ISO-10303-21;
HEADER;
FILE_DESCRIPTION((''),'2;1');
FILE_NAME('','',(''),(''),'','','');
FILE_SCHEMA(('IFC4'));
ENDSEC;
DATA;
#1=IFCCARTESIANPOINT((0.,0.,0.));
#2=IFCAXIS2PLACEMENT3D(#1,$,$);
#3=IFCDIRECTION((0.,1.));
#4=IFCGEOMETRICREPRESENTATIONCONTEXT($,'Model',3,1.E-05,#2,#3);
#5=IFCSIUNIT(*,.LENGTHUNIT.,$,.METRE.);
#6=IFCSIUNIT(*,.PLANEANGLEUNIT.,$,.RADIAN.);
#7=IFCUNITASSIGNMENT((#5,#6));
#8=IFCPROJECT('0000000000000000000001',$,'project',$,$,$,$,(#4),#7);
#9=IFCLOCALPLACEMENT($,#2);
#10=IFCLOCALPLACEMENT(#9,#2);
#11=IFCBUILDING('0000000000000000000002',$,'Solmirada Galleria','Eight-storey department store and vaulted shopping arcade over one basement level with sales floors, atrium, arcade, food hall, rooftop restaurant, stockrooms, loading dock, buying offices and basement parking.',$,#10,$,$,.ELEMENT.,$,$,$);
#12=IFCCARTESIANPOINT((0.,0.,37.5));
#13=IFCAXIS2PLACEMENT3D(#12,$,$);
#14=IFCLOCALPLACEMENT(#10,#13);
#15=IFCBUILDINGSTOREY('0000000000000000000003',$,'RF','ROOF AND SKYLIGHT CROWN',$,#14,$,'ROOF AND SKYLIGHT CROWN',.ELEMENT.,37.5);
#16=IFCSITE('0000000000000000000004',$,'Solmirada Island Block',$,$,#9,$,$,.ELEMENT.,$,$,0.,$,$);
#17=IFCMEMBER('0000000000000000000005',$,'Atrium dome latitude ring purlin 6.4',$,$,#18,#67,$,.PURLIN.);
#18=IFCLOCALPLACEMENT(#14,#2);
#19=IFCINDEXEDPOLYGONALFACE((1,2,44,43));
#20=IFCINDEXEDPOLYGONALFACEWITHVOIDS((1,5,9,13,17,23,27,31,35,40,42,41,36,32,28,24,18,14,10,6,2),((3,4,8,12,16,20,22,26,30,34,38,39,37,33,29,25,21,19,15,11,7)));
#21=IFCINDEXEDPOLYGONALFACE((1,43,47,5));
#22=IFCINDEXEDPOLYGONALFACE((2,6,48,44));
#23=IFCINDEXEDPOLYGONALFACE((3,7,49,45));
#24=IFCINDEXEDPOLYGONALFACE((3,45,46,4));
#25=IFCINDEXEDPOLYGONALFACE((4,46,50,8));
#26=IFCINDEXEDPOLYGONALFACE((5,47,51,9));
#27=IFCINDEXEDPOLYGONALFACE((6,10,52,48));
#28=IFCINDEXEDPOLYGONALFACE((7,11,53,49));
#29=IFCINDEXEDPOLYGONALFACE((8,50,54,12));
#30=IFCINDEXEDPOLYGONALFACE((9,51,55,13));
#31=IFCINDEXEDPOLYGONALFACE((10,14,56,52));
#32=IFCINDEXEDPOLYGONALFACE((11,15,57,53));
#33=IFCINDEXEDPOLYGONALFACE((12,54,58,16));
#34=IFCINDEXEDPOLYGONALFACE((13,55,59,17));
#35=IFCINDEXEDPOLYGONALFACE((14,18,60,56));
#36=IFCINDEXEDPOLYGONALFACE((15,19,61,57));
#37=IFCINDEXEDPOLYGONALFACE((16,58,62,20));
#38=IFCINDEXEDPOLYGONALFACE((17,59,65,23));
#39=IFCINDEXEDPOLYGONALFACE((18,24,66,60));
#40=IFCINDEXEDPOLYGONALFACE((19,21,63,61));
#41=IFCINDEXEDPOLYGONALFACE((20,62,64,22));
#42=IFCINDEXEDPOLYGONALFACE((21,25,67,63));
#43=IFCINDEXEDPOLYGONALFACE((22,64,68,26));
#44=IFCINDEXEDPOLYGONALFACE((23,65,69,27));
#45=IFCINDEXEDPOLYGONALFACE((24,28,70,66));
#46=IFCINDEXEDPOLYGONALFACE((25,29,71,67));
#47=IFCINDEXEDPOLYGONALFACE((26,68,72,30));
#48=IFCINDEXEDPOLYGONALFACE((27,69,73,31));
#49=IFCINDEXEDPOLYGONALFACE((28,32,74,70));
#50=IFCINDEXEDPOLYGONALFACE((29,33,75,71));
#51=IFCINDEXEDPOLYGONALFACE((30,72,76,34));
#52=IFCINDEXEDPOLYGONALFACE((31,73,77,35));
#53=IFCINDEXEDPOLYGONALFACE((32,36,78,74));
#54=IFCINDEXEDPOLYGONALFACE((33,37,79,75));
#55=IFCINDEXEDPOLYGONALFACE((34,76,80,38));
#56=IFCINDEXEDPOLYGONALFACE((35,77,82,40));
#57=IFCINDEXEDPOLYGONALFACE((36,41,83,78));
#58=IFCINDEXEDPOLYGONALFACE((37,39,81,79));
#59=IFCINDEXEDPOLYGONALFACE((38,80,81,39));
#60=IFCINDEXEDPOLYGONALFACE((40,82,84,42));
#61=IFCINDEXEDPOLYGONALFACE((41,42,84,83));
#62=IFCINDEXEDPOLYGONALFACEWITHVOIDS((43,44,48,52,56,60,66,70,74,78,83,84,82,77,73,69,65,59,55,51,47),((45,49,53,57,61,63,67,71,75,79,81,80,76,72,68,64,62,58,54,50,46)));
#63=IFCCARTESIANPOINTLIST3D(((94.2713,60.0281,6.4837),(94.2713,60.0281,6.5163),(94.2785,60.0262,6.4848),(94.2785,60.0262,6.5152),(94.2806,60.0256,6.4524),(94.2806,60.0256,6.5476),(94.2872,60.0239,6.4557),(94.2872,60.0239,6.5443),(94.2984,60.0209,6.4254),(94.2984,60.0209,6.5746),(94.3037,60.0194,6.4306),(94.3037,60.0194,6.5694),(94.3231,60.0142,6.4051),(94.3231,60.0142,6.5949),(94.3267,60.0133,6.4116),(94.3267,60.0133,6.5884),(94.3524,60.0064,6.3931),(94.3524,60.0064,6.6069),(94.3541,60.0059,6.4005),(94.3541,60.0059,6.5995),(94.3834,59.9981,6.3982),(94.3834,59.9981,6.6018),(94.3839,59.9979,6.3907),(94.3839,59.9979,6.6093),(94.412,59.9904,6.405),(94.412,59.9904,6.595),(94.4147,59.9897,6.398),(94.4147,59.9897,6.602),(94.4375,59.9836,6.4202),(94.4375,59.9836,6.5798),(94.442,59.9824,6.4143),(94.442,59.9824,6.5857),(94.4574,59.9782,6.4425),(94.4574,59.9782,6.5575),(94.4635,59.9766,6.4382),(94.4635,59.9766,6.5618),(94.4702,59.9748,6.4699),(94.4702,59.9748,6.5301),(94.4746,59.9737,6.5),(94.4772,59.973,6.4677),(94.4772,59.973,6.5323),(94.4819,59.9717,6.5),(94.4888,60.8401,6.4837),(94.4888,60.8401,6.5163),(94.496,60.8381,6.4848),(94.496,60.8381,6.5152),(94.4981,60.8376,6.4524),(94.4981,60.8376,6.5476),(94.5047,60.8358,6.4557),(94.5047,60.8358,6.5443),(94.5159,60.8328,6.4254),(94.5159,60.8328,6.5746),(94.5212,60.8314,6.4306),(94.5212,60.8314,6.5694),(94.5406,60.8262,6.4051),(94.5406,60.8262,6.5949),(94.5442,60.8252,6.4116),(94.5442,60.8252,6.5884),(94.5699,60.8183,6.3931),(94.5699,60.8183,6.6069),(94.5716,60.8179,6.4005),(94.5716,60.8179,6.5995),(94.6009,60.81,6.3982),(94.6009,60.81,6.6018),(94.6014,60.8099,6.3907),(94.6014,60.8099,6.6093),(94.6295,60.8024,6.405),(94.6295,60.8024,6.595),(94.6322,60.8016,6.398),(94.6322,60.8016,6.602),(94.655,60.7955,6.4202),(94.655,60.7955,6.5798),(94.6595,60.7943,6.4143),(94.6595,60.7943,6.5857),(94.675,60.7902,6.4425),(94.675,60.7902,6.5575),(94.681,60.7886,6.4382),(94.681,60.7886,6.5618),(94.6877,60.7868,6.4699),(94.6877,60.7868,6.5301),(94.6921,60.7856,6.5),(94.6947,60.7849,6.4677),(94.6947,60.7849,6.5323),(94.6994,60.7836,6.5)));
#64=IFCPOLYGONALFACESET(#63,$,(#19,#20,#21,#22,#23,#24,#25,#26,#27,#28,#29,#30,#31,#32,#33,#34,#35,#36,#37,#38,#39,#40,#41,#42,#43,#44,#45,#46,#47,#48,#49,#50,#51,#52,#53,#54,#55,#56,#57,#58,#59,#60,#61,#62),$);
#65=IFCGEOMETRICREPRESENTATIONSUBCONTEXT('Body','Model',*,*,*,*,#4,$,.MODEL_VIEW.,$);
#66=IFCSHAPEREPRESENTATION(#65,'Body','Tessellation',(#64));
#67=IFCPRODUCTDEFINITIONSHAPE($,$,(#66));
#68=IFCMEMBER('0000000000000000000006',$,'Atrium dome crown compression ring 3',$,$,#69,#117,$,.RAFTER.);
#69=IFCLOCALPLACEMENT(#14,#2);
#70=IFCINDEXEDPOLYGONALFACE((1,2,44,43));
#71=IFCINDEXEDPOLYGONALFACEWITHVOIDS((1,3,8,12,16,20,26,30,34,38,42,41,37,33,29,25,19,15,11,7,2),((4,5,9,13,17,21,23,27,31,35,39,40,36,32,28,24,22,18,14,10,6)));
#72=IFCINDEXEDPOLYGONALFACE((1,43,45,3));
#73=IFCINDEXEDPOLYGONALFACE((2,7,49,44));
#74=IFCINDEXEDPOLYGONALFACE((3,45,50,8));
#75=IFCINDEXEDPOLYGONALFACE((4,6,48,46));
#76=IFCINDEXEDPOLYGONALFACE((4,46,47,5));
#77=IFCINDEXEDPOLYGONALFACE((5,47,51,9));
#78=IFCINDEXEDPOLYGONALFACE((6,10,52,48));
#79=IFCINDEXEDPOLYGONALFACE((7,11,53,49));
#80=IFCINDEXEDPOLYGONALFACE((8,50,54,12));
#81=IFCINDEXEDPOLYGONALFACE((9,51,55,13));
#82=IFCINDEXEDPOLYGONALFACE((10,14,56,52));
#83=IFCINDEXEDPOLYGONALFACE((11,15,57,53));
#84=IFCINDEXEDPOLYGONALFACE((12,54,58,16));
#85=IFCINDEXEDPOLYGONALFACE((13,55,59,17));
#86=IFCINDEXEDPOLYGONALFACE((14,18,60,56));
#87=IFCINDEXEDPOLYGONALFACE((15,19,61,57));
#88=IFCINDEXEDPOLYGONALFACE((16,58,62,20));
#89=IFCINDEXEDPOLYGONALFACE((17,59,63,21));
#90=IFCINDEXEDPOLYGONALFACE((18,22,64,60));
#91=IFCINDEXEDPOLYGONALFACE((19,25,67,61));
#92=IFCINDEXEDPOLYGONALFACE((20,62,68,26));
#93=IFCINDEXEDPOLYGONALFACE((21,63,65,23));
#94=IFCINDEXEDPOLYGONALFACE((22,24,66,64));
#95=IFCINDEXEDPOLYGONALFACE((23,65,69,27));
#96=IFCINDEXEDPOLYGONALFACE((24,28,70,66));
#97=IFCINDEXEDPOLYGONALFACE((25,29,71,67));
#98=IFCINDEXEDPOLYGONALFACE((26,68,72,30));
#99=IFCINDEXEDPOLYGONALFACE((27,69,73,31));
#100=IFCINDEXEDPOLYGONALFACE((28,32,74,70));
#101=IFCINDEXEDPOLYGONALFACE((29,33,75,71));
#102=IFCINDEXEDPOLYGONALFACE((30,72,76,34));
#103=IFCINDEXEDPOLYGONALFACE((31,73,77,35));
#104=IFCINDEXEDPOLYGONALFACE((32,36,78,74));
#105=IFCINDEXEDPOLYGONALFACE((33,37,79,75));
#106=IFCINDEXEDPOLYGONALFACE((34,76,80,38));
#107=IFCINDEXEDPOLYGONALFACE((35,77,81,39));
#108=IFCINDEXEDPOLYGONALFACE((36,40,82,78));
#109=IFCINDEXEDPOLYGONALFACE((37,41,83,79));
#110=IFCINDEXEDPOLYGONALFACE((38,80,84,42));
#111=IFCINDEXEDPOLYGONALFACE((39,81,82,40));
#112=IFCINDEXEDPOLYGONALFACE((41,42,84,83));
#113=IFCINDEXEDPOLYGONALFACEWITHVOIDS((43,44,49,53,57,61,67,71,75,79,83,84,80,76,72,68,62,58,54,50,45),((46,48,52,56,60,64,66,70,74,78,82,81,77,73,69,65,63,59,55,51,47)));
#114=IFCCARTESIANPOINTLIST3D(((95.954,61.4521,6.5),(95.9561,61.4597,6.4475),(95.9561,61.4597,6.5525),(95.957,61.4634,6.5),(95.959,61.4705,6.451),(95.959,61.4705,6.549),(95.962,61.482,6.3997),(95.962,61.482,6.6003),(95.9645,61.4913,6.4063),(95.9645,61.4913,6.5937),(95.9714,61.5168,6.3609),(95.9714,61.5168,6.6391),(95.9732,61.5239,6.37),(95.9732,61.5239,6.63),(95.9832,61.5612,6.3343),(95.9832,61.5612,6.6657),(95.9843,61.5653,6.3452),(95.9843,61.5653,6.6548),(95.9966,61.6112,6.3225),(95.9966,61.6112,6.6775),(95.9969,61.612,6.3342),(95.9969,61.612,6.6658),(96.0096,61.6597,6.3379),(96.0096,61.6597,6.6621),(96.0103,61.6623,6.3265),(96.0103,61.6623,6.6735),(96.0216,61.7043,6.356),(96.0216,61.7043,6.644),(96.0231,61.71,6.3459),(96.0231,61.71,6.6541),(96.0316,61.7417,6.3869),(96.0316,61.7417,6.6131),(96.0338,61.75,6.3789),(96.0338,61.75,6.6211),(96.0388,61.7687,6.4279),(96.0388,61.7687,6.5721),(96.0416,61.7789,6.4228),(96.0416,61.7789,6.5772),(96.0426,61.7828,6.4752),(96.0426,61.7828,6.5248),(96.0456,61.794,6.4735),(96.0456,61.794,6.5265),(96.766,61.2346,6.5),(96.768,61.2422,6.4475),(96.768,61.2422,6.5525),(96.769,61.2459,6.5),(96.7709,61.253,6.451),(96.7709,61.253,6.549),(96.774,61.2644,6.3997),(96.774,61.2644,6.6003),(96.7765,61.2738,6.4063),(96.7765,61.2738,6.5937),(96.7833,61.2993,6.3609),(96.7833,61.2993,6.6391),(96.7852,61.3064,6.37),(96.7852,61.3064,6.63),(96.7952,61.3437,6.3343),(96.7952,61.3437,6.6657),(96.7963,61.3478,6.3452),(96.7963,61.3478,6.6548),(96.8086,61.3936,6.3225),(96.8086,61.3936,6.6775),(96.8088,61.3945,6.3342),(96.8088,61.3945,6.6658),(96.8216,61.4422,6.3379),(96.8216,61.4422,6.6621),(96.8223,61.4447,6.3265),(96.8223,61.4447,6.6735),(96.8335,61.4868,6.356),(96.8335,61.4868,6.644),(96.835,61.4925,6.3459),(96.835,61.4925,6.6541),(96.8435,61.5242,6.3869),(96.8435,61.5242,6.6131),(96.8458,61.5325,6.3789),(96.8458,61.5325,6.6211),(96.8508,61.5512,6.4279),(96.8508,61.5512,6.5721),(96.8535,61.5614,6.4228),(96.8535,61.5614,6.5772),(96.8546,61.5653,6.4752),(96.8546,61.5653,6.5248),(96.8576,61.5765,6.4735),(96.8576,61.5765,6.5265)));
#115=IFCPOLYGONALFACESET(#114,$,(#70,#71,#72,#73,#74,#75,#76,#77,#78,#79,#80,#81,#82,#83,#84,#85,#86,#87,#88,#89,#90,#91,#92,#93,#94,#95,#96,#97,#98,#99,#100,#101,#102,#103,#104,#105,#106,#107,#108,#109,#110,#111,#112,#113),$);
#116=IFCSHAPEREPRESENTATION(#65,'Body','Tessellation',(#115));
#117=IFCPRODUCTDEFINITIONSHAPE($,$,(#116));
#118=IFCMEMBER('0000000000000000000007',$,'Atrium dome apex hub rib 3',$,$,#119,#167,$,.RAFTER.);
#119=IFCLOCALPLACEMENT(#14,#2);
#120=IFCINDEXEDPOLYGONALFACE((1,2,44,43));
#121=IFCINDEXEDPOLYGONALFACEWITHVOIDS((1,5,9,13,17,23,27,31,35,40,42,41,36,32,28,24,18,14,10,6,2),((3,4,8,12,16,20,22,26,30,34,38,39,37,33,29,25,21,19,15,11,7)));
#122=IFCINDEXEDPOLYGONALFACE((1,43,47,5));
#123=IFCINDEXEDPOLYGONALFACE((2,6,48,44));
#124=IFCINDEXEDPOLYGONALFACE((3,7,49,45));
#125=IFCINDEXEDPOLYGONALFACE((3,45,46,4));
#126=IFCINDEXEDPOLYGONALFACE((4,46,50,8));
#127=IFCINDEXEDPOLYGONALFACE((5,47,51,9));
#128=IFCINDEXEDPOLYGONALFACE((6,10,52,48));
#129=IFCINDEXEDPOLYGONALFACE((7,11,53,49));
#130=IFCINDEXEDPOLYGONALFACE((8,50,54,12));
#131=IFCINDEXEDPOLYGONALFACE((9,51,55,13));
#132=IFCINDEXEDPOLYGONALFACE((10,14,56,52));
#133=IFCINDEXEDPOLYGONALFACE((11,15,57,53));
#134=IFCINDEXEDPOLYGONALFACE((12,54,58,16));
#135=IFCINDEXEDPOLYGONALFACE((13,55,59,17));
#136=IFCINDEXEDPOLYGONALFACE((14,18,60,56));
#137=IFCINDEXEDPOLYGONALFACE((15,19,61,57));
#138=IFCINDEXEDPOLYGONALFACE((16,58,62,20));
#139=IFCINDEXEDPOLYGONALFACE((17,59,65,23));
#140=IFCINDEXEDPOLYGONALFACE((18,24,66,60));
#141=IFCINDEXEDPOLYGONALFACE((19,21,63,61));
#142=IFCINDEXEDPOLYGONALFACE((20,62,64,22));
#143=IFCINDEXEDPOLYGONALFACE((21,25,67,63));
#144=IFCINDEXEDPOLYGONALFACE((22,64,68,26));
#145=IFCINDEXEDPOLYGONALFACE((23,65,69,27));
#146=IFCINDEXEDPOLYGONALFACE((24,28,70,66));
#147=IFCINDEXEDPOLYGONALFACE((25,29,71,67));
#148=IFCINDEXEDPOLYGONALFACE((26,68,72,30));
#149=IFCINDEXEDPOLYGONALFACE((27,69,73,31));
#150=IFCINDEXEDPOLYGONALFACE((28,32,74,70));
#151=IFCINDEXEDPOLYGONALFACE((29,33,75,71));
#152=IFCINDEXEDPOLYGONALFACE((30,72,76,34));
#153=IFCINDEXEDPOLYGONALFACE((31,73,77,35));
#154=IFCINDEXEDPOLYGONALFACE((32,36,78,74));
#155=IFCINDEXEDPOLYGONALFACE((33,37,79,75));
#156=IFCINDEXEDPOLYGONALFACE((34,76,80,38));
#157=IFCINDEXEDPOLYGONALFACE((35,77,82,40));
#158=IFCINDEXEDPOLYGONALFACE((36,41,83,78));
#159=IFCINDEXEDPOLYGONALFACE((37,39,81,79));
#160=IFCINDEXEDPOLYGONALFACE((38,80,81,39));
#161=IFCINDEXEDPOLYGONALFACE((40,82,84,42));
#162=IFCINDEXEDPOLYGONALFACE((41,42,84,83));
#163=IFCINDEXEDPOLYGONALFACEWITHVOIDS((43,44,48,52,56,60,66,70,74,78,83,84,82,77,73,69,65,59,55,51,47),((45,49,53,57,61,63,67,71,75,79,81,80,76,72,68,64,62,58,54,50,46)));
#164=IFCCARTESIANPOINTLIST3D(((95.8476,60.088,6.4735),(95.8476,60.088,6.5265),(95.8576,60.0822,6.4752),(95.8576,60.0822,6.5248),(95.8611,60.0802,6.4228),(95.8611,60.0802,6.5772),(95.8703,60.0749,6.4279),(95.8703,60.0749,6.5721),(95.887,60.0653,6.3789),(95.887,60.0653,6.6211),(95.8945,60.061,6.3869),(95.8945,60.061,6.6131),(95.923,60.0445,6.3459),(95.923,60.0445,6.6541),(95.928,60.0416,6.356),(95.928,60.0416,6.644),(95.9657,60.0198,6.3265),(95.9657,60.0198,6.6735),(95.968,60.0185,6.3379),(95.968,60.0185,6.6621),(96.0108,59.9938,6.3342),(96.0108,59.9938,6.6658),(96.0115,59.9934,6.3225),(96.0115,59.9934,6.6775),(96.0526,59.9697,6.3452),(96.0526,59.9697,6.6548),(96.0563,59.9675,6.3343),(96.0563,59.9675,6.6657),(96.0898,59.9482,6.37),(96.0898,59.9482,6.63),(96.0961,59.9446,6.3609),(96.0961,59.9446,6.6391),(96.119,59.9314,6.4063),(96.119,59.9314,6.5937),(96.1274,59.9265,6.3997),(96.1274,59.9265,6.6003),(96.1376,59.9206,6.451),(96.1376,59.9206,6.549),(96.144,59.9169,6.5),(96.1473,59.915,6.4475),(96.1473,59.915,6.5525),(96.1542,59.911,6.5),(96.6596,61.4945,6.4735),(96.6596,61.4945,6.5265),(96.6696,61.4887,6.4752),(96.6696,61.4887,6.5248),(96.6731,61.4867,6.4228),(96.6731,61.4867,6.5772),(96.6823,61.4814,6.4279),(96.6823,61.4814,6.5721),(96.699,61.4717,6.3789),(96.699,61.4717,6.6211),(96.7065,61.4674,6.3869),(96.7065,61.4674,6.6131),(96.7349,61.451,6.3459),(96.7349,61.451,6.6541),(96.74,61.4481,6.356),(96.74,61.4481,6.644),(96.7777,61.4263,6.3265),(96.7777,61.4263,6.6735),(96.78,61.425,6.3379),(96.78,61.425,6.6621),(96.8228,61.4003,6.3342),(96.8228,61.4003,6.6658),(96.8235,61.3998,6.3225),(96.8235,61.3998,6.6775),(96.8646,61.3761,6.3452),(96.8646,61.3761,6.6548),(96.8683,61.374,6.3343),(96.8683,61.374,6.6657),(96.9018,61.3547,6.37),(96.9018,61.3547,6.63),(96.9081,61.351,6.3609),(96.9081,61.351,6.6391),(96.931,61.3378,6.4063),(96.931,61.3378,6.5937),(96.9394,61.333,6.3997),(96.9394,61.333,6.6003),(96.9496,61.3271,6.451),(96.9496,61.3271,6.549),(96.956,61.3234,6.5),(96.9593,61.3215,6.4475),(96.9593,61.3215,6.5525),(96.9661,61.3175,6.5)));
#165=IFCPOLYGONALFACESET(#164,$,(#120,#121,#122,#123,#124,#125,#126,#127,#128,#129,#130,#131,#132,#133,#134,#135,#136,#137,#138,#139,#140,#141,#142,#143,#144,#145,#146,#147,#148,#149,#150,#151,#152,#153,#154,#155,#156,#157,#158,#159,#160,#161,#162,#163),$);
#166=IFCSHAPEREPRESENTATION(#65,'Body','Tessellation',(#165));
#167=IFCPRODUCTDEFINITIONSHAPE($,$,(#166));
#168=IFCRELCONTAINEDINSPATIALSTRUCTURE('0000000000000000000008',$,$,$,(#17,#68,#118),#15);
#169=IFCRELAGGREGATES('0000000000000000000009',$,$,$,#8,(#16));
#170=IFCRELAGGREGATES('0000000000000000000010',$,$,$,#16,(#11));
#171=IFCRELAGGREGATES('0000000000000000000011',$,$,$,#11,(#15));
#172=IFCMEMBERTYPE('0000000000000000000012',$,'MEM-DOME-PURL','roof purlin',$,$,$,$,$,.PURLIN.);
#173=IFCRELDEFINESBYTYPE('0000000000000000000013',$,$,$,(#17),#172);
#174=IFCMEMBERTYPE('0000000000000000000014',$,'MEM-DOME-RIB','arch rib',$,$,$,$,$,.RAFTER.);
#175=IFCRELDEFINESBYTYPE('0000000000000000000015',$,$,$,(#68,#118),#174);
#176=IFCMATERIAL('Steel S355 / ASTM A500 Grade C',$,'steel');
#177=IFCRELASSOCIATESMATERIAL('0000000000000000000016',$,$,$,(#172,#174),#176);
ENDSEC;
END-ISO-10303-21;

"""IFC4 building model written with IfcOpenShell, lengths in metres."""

from ifc_helpers import new_model, si_unit, direction, frame, origin, origin_2d, place, context, subcontext, project, spatial, hollow_circle, extrude, material, material_profile, profile_set, type_object, element, save


model = new_model("IFC4")

# Units and contexts
model_context = context("Model", 3, precision=1e-05, world=origin(), true_north=direction((0.0, 1.0)))
body_context = subcontext(model_context, "Body", "Model", "MODEL_VIEW")
ifc_project = project(units=[si_unit("LENGTHUNIT", "METRE"), si_unit("PLANEANGLEUNIT", "RADIAN")], contexts=[model_context])

# Site, building, storey
site_placement = place(None, origin())
site = spatial("IfcSite", under=ifc_project, at=site_placement, Name="Solmirada Island Block", CompositionType="ELEMENT", RefElevation=0.0)
building_placement = place(site_placement, origin())
building = spatial("IfcBuilding", under=site, at=building_placement, Name="Solmirada Galleria", Description="Eight-storey department store and vaulted shopping arcade over one basement level with sales floors, atrium, arcade, food hall, rooftop restaurant, stockrooms, loading dock, buying offices and basement parking.", CompositionType="ELEMENT")
storey_placement = place(building_placement, frame((0.0, 0.0, 37.5)))
storey = spatial("IfcBuildingStorey", under=building, at=storey_placement, Name="RF", Description="ROOF AND SKYLIGHT CROWN", LongName="ROOF AND SKYLIGHT CROWN", CompositionType="ELEMENT", Elevation=37.5)

# Members
ifc_material_1 = material(Name="Steel S355 / ASTM A500 Grade C", Category="steel")
ifc_material_profile_1 = material_profile(ifc_material_1, hollow_circle(Radius=0.1096, WallThickness=0.0076, at=origin_2d()), Name="HSS8.625X0.322")
ifc_profile_set_1 = profile_set([ifc_material_profile_1], Name="Steel S355 / ASTM A500 Grade C")
member_type_1 = type_object("IfcMemberType", Name="MEM-DOME-PURL", Description="roof purlin", PredefinedType="PURLIN", material=ifc_profile_set_1)
member_1_placement = place(storey_placement, frame((94.5935, 60.812, 6.5), z_axis=(-0.258765, -0.96594, 0.0), x_axis=(0.96594, -0.258765, 0.0)))
element("IfcMember", 1, at=member_1_placement, inside=storey, type_object=member_type_1, Name="Atrium dome latitude ring purlin 6.4", PredefinedType="PURLIN", context=body_context, shape_type="SweptSolid", body=[
    extrude(hollow_circle(Radius=0.1096, WallThickness=0.0076, at=origin_2d()), origin(), (0.0, 0.0, 1.0), 0.8406),
])
ifc_material_profile_2 = material_profile(ifc_material_1, hollow_circle(Radius=0.178, WallThickness=0.0117, at=origin_2d()), Name="HSS14.000X0.500")
ifc_profile_set_2 = profile_set([ifc_material_profile_2], Name="Steel S355 / ASTM A500 Grade C")
member_type_2 = type_object("IfcMemberType", Name="MEM-DOME-RIB", Description="arch rib", PredefinedType="RAFTER", material=ifc_profile_set_2)
member_2_placement = place(storey_placement, frame((96.812, 61.4065, 6.5), z_axis=(-0.96594, 0.258765, 0.0), x_axis=(-0.258765, -0.96594, 0.0)))
element("IfcMember", 2, at=member_2_placement, inside=storey, type_object=member_type_2, Name="Atrium dome crown compression ring 3", PredefinedType="RAFTER", context=body_context, shape_type="SweptSolid", body=[
    extrude(hollow_circle(Radius=0.178, WallThickness=0.0117, at=origin_2d()), origin(), (0.0, 0.0, 1.0), 0.8406),
])
member_3_placement = place(storey_placement, frame((96.812, 61.4065, 6.5), z_axis=(-0.499987, -0.866033, 0.0), x_axis=(0.866033, -0.499987, 0.0)))
element("IfcMember", 3, at=member_3_placement, inside=storey, type_object=member_type_2, Name="Atrium dome apex hub rib 3", PredefinedType="RAFTER", context=body_context, shape_type="SweptSolid", body=[
    extrude(hollow_circle(Radius=0.178, WallThickness=0.0117, at=origin_2d()), origin(), (0.0, 0.0, 1.0), 1.624),
])

save(model, "model.ifc")
